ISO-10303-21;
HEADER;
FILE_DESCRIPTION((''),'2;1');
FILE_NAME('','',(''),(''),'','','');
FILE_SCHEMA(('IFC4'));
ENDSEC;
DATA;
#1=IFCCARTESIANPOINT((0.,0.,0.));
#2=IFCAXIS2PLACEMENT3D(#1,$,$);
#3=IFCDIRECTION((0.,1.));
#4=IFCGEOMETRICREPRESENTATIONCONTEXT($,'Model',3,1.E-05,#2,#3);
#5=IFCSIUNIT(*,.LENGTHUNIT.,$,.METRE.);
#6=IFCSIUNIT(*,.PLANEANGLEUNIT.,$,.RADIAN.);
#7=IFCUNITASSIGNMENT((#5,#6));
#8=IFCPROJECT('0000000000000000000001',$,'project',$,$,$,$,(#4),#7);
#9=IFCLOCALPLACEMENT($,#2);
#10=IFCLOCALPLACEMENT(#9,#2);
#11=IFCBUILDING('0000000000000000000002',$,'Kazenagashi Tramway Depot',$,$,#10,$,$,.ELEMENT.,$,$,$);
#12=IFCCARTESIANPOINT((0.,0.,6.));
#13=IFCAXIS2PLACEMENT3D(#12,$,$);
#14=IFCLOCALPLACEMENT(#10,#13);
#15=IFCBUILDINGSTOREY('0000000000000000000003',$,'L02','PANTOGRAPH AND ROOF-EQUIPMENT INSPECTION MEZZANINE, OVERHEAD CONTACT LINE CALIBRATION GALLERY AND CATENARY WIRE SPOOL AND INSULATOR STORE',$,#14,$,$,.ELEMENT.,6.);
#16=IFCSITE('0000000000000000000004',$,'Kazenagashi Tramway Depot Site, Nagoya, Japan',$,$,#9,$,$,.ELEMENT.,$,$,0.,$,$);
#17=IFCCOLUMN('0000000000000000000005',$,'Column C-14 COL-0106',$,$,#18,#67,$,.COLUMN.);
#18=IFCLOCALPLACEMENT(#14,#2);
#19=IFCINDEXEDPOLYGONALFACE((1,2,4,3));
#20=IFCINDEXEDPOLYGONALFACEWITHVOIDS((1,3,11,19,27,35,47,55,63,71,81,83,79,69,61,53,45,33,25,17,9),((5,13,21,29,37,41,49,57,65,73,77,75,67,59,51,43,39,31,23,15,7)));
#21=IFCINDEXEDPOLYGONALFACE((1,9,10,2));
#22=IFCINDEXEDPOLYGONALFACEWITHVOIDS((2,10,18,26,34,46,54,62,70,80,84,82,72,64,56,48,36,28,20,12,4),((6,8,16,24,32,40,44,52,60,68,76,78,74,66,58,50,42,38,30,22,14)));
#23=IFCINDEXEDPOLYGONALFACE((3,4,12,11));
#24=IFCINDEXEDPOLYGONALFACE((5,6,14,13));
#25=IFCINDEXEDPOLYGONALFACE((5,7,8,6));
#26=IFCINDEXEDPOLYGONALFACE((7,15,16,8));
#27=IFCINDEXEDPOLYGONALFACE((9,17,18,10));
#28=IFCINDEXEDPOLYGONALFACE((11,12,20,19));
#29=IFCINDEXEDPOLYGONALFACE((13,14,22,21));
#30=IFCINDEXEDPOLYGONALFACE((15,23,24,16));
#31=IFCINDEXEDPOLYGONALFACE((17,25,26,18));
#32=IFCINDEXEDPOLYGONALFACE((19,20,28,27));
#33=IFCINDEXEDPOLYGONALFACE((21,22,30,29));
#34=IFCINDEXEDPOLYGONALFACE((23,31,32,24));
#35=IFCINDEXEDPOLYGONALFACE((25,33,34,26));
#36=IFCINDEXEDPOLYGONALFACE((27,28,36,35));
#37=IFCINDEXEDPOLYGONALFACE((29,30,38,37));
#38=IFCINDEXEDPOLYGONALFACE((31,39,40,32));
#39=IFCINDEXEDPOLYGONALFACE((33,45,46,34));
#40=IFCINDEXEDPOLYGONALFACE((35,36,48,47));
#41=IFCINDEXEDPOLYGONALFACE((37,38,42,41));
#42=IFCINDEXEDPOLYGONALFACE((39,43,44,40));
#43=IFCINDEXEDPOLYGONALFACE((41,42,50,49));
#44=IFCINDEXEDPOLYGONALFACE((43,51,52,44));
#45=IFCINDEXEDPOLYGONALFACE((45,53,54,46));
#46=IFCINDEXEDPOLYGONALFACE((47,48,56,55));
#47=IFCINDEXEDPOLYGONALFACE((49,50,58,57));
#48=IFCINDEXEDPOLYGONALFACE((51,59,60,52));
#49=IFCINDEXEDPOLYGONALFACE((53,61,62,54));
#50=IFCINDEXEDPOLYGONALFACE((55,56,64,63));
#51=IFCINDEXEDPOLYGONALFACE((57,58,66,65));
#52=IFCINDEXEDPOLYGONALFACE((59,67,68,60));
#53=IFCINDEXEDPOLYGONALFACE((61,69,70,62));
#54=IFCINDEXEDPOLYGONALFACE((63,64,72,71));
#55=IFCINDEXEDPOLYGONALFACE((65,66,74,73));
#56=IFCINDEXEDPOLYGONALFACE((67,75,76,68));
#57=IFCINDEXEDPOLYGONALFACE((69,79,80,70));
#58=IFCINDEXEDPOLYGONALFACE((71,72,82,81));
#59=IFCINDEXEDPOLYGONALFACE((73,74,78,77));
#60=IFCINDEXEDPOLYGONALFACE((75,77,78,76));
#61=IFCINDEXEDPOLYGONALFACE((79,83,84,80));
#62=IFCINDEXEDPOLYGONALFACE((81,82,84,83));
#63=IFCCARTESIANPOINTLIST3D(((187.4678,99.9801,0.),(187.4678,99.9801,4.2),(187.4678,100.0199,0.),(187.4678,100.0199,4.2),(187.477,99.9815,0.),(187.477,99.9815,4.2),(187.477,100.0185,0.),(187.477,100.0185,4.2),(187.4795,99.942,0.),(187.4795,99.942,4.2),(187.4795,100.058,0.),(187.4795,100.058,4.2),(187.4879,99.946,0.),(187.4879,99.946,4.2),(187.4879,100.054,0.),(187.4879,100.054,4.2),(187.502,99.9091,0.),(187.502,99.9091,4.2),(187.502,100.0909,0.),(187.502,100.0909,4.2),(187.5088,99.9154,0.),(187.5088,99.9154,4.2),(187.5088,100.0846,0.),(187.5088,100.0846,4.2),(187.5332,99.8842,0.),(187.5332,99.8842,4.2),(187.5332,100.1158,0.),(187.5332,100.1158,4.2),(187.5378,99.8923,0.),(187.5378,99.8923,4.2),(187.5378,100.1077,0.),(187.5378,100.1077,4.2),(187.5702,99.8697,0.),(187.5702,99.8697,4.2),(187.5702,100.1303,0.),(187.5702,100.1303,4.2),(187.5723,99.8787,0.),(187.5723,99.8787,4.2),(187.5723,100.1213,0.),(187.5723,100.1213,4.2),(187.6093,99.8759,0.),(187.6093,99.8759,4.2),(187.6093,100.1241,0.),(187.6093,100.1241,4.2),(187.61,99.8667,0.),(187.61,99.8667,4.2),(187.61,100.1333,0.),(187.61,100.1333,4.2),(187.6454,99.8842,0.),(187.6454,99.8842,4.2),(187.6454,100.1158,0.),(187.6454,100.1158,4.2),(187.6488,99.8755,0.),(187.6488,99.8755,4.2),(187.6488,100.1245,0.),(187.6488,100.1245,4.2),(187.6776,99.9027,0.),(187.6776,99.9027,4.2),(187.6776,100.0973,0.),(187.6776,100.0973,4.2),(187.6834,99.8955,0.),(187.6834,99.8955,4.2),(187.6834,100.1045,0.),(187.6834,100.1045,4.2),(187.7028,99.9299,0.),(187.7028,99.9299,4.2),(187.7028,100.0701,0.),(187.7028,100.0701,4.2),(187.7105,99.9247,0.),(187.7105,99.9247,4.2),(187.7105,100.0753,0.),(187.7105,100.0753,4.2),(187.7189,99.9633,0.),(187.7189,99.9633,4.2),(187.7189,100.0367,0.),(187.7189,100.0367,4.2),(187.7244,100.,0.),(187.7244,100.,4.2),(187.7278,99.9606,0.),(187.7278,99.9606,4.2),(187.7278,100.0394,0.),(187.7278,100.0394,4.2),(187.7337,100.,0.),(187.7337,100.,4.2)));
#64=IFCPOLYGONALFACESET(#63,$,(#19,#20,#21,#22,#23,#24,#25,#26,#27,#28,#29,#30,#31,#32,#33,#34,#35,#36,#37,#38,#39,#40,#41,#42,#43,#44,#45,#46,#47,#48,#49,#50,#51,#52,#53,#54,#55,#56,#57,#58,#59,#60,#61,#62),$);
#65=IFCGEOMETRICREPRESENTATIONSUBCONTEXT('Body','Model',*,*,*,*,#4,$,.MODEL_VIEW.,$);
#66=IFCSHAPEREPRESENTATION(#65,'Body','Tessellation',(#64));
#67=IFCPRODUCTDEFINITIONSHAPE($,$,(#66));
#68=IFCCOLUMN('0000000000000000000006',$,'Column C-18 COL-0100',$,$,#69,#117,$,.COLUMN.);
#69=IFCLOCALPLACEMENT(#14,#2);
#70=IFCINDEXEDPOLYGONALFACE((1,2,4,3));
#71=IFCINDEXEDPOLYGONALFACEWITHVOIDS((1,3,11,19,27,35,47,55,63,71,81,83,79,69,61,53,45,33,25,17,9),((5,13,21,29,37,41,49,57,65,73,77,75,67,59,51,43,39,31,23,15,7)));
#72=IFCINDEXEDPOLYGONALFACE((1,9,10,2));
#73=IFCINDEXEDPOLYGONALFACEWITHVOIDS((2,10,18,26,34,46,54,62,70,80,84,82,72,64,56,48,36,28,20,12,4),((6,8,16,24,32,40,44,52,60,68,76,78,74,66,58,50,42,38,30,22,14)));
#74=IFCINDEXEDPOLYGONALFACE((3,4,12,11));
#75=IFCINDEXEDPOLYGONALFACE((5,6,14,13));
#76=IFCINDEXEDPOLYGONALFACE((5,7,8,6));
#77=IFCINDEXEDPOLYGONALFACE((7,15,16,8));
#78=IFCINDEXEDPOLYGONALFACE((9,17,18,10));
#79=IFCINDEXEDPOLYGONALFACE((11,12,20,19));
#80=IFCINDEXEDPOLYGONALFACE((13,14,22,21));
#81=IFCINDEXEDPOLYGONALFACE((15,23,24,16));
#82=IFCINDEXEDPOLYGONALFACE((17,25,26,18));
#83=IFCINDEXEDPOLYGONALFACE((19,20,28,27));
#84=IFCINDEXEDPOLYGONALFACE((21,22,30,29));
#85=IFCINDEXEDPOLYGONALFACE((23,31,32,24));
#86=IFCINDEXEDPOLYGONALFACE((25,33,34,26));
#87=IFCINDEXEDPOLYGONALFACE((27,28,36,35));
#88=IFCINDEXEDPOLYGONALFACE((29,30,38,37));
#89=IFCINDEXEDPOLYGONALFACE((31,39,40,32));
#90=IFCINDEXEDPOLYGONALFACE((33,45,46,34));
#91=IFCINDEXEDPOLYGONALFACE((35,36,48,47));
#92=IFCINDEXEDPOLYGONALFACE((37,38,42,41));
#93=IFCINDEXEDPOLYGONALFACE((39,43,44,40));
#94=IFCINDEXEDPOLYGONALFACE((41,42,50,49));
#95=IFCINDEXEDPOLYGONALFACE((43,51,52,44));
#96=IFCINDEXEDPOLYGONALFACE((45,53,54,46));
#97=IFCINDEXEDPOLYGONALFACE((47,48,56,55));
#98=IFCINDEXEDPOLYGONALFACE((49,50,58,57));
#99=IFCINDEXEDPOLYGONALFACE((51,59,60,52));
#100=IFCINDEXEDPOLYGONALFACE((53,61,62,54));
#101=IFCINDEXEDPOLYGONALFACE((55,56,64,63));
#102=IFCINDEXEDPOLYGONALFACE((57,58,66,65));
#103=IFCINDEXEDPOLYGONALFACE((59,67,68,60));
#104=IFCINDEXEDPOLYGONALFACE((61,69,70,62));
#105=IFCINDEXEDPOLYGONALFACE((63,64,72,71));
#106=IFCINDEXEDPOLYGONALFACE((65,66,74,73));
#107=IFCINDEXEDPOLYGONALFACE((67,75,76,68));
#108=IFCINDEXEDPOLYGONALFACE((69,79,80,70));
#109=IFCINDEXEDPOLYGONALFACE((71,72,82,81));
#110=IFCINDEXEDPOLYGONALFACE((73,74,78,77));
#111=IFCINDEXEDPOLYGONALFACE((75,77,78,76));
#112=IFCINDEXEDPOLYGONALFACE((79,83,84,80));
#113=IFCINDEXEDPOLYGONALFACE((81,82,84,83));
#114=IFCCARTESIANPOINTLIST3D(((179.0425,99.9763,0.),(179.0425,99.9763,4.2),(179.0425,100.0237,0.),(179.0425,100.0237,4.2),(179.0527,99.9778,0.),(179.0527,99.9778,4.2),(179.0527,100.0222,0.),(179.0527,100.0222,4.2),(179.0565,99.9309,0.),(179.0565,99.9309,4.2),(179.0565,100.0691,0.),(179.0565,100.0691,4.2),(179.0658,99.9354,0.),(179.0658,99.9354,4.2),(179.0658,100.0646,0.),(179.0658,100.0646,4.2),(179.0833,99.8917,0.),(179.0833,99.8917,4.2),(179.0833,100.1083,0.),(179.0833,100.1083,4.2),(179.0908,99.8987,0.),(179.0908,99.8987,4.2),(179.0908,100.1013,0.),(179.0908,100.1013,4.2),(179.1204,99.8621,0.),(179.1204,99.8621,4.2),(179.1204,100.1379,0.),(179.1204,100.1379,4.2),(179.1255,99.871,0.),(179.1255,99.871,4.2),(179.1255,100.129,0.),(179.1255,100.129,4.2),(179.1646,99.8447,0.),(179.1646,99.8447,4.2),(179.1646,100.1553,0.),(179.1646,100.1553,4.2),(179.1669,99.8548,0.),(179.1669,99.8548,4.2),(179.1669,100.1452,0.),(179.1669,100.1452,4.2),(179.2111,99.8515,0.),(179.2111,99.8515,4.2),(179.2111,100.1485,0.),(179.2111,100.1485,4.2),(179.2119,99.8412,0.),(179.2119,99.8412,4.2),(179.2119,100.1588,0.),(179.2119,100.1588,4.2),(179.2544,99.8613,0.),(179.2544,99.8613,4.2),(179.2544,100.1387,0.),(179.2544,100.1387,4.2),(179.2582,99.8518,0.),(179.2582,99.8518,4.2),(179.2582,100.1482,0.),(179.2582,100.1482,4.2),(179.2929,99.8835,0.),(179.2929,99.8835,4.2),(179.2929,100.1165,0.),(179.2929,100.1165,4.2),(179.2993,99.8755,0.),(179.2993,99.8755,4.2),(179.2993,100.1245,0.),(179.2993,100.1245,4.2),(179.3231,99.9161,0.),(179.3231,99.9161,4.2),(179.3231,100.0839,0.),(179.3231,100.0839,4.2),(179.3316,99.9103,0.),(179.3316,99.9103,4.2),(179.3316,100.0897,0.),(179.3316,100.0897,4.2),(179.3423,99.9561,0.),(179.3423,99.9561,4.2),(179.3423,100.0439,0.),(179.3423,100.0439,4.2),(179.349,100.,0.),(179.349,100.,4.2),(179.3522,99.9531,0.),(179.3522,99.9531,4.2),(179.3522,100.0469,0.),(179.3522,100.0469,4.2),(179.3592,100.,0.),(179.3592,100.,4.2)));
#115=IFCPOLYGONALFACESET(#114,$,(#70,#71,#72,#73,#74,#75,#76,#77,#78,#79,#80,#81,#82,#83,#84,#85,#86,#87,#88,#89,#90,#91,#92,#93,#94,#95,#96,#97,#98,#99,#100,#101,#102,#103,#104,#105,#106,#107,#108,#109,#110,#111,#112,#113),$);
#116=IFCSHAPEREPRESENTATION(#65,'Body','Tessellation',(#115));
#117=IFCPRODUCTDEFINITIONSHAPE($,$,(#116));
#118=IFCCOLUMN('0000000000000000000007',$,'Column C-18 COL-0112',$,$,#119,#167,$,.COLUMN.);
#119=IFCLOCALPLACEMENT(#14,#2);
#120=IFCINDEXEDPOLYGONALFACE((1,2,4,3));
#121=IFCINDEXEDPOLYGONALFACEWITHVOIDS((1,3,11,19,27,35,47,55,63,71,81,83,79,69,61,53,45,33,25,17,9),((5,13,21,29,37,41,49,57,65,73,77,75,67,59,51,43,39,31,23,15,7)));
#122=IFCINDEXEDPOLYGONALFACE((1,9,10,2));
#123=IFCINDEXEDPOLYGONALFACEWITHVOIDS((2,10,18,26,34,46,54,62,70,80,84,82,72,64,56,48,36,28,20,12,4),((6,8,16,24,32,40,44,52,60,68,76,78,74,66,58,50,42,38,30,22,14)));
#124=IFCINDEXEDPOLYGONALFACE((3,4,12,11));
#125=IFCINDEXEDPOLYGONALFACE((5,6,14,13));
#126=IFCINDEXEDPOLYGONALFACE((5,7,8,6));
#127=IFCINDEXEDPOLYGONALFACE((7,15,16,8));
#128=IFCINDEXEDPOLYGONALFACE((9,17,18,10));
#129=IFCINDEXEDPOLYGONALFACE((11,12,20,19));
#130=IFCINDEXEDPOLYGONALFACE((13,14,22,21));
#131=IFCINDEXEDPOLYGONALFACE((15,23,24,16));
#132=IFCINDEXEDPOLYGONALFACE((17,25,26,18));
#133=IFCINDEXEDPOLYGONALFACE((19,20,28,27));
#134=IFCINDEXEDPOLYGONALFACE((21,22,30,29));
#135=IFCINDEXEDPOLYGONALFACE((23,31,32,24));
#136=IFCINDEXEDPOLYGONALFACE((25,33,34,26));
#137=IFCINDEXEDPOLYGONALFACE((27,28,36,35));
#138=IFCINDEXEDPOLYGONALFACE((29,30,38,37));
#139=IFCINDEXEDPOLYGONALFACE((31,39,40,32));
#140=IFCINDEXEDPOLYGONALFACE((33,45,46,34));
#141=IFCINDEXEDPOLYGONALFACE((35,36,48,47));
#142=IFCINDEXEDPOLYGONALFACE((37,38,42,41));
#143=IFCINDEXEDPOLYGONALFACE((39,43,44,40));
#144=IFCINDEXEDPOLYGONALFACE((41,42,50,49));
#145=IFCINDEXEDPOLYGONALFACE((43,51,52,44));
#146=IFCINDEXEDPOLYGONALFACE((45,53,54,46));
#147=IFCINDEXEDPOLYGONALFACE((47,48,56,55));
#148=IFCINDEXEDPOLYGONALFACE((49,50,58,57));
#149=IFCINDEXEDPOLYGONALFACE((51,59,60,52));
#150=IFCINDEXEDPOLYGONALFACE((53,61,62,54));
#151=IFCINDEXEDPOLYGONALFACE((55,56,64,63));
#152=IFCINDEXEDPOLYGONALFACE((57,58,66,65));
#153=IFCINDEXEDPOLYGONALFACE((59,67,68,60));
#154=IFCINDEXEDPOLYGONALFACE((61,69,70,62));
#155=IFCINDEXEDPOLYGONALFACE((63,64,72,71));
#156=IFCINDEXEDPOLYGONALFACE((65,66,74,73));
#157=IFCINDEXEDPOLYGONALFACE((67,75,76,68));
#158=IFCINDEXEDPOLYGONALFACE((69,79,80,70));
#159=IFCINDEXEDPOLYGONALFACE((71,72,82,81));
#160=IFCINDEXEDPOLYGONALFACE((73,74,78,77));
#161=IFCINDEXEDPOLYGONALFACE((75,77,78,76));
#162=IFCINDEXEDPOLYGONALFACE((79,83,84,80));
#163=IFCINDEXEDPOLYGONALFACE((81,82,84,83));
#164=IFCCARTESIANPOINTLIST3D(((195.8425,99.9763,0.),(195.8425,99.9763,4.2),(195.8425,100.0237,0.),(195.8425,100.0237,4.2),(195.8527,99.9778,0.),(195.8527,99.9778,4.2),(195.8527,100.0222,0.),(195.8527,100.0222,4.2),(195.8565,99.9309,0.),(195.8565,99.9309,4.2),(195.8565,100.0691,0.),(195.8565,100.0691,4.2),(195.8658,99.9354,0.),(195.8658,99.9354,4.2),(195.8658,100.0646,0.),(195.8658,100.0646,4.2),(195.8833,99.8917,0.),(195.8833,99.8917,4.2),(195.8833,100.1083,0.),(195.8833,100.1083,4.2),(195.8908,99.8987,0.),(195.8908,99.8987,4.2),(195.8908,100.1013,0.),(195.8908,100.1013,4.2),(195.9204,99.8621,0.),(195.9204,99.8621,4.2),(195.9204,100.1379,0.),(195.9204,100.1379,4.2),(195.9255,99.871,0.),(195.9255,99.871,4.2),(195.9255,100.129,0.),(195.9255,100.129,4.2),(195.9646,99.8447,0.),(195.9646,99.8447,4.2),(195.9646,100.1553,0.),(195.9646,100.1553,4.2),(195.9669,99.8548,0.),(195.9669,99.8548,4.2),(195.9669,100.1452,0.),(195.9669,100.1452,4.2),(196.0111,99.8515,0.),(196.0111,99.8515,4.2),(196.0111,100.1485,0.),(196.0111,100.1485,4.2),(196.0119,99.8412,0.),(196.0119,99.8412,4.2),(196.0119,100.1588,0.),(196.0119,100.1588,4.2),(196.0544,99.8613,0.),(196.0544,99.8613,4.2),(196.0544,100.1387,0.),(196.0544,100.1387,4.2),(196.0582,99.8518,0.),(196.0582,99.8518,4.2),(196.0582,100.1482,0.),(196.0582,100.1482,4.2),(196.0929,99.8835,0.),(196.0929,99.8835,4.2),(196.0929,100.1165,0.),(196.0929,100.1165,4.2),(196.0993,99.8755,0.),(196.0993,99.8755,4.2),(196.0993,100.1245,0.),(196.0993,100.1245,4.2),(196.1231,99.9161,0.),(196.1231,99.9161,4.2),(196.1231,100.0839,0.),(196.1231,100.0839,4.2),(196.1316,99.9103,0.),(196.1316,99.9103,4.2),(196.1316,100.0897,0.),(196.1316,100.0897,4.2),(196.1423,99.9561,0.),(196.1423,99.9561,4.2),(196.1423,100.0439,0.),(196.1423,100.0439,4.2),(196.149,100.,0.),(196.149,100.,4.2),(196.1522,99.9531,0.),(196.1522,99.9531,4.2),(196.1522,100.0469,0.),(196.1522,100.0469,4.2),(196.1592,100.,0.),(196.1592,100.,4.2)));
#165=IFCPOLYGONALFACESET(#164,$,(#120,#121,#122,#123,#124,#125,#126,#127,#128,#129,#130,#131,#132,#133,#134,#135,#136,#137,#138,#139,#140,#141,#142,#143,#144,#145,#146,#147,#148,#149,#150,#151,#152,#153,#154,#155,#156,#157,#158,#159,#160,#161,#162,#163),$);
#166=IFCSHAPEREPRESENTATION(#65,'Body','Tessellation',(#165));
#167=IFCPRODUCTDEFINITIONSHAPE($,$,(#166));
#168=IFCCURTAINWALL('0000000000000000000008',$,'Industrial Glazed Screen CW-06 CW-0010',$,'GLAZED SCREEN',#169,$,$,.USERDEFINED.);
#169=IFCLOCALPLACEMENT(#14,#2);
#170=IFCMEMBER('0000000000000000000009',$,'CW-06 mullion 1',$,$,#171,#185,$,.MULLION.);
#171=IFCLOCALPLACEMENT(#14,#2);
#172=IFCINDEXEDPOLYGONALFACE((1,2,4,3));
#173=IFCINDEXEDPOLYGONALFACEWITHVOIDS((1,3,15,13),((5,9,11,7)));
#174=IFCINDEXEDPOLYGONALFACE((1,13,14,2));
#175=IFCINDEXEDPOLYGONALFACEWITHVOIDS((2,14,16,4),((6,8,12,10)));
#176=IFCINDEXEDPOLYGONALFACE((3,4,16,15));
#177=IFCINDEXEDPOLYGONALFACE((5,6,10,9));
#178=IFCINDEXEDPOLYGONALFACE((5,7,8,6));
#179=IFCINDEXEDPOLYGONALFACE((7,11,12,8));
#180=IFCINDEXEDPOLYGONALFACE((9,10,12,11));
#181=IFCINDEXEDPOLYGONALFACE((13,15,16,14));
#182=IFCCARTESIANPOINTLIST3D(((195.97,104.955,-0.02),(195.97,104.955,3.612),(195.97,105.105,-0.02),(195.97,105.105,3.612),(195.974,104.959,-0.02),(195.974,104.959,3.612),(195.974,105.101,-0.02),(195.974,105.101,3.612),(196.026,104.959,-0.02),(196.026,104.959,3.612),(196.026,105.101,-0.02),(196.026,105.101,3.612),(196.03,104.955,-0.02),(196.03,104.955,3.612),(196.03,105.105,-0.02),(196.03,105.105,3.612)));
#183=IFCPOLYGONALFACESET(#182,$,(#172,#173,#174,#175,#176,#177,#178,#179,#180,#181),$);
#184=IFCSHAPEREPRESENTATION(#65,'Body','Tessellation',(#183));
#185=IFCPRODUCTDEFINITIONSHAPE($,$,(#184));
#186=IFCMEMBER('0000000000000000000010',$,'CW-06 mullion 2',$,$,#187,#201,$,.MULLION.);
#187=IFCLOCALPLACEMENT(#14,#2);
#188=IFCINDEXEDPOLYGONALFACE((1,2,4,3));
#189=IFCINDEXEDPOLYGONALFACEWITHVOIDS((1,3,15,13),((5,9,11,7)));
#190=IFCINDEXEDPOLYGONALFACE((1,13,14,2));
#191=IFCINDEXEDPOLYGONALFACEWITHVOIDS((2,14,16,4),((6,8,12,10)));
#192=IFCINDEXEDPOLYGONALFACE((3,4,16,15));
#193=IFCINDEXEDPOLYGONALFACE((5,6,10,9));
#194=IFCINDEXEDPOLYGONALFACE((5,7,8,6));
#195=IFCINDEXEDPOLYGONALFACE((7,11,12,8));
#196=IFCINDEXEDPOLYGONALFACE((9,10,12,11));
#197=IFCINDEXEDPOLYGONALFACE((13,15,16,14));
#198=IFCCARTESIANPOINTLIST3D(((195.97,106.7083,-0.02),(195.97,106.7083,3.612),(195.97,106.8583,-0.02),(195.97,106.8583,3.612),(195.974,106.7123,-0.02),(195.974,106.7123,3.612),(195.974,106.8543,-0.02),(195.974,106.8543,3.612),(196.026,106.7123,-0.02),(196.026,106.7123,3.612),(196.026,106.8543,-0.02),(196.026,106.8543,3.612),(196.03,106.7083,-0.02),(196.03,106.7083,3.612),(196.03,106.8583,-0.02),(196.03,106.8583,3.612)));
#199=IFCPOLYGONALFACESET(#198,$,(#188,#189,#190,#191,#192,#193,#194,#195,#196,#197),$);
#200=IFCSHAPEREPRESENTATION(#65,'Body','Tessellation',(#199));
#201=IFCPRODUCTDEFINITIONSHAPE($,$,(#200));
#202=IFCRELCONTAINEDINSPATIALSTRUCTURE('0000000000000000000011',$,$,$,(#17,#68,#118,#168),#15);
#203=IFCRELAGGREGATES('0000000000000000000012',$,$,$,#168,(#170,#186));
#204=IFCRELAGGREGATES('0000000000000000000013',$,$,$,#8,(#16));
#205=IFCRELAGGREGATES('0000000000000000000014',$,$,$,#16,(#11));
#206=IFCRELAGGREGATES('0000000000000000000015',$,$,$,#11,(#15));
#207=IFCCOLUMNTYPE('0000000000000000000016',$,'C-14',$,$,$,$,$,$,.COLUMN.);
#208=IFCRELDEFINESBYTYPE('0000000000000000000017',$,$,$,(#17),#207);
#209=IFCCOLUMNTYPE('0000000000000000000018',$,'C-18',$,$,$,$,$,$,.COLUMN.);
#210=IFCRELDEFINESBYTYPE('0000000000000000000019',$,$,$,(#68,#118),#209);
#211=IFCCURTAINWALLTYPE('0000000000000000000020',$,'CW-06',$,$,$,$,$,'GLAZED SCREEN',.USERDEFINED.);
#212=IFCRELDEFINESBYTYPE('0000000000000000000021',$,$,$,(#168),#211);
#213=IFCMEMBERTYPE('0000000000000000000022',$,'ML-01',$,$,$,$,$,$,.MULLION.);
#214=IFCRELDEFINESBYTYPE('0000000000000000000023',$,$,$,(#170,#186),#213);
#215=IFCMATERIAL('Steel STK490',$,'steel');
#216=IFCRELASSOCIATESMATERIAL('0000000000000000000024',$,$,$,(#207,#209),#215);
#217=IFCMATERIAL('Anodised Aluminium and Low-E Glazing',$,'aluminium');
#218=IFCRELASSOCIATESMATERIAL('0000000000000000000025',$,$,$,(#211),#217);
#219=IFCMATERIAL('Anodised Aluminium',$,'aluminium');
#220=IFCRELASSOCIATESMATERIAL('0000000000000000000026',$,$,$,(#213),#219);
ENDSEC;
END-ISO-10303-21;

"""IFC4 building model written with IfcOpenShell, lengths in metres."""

from ifc_helpers import new_model, si_unit, direction, frame, origin, origin_2d, place, context, subcontext, project, spatial, hollow_rectangle, hollow_circle, extrude, material, material_profile, profile_set, type_object, element, aggregate, save


model = new_model("IFC4")

# Units and contexts
model_context = context("Model", 3, precision=1e-05, world=origin(), true_north=direction((0.0, 1.0)))
body_context = subcontext(model_context, "Body", "Model", "MODEL_VIEW")
ifc_project = project(units=[si_unit("LENGTHUNIT", "METRE"), si_unit("PLANEANGLEUNIT", "RADIAN")], contexts=[model_context])

# Site, building, storey
site_placement = place(None, origin())
site = spatial("IfcSite", under=ifc_project, at=site_placement, Name="Kazenagashi Tramway Depot Site, Nagoya, Japan", CompositionType="ELEMENT", RefElevation=0.0)
building_placement = place(site_placement, origin())
building = spatial("IfcBuilding", under=site, at=building_placement, Name="Kazenagashi Tramway Depot", CompositionType="ELEMENT")
storey_placement = place(building_placement, frame((0.0, 0.0, 6.0)))
storey = spatial("IfcBuildingStorey", under=building, at=storey_placement, Name="L02", Description="PANTOGRAPH AND ROOF-EQUIPMENT INSPECTION MEZZANINE, OVERHEAD CONTACT LINE CALIBRATION GALLERY AND CATENARY WIRE SPOOL AND INSULATOR STORE", CompositionType="ELEMENT", Elevation=6.0)

# Columns
ifc_material_1 = material(Name="Steel STK490", Category="steel")
ifc_material_profile_1 = material_profile(ifc_material_1, hollow_circle(Radius=0.1337, WallThickness=0.0093, at=origin_2d()), Name="CHS-267.4x9.3")
ifc_profile_set_1 = profile_set([ifc_material_profile_1], Name="Steel STK490")
column_type_1 = type_object("IfcColumnType", Name="C-14", PredefinedType="COLUMN", material=ifc_profile_set_1)
column_placement = place(storey_placement, frame((187.6, 100.0, 0.0), z_axis=(0.0, 0.0, 1.0), x_axis=(1.0, 0.0, 0.0)))
element("IfcColumn", 1, at=column_placement, inside=storey, type_object=column_type_1, Name="Column C-14 COL-0106", PredefinedType="COLUMN", context=body_context, shape_type="SweptSolid", body=[
    extrude(hollow_circle(Radius=0.1337, WallThickness=0.0093, at=origin_2d()), origin(), (0.0, 0.0, 1.0), 4.2),
])
ifc_material_profile_2 = material_profile(ifc_material_1, hollow_circle(Radius=0.1593, WallThickness=0.0103, at=origin_2d()), Name="CHS-318.5x10.3")
ifc_profile_set_2 = profile_set([ifc_material_profile_2], Name="Steel STK490")
column_type_2 = type_object("IfcColumnType", Name="C-18", PredefinedType="COLUMN", material=ifc_profile_set_2)
for number, where, z_axis, x_axis, name in (
    (2, (179.2, 100.0, 0.0), (0.0, 0.0, 1.0), (1.0, 0.0, 0.0), "Column C-18 COL-0100"),
    (3, (196.0, 100.0, 0.0), (0.0, 0.0, 1.0), (1.0, 0.0, 0.0), "Column C-18 COL-0112"),
):
    element("IfcColumn", number, at=place(storey_placement, frame(where, z_axis=z_axis, x_axis=x_axis)), inside=storey, type_object=column_type_2, Name=name, PredefinedType="COLUMN", context=body_context, shape_type="SweptSolid", body=[
        extrude(hollow_circle(Radius=0.1593, WallThickness=0.0103, at=origin_2d()), origin(), (0.0, 0.0, 1.0), 4.2),
    ])

# Curtain wall, members
ifc_material_2 = material(Name="Anodised Aluminium and Low-E Glazing", Category="aluminium")
curtain_wall_type_1 = type_object("IfcCurtainWallType", Name="CW-06", ElementType="GLAZED SCREEN", PredefinedType="USERDEFINED", material=ifc_material_2)
curtain_wall_1_placement = place(storey_placement, origin())
curtain_wall_1 = element("IfcCurtainWall", 4, at=curtain_wall_1_placement, inside=storey, type_object=curtain_wall_type_1, Name="Industrial Glazed Screen CW-06 CW-0010", ObjectType="GLAZED SCREEN", PredefinedType="USERDEFINED")
ifc_material_3 = material(Name="Anodised Aluminium", Category="aluminium")
ifc_material_profile_3 = material_profile(ifc_material_3, hollow_rectangle(XDim=0.06, YDim=0.15, WallThickness=0.004, at=origin_2d()), Name="RHS-150x60x4")
ifc_profile_set_3 = profile_set([ifc_material_profile_3], Name="Anodised Aluminium")
member_type_1 = type_object("IfcMemberType", Name="ML-01", PredefinedType="MULLION", material=ifc_profile_set_3)
member_1_placement = place(storey_placement, frame((196.0, 105.03, -0.02), z_axis=(0.0, 0.0, 1.0), x_axis=(-1.0, 0.0, 0.0)))
member_1 = element("IfcMember", 5, at=member_1_placement, type_object=member_type_1, Name="CW-06 mullion 1", PredefinedType="MULLION", context=body_context, shape_type="SweptSolid", body=[
    extrude(hollow_rectangle(XDim=0.06, YDim=0.15, WallThickness=0.004, at=origin_2d()), origin(), (0.0, 0.0, 1.0), 3.632),
])
member_2_placement = place(storey_placement, frame((196.0, 106.7833, -0.02), z_axis=(0.0, 0.0, 1.0), x_axis=(-1.0, 0.0, 0.0)))
member_2 = element("IfcMember", 6, at=member_2_placement, type_object=member_type_1, Name="CW-06 mullion 2", PredefinedType="MULLION", context=body_context, shape_type="SweptSolid", body=[
    extrude(hollow_rectangle(XDim=0.06, YDim=0.15, WallThickness=0.004, at=origin_2d()), origin(), (0.0, 0.0, 1.0), 3.632),
])

aggregate(curtain_wall_1, [member_1, member_2])

save(model, "model.ifc")
